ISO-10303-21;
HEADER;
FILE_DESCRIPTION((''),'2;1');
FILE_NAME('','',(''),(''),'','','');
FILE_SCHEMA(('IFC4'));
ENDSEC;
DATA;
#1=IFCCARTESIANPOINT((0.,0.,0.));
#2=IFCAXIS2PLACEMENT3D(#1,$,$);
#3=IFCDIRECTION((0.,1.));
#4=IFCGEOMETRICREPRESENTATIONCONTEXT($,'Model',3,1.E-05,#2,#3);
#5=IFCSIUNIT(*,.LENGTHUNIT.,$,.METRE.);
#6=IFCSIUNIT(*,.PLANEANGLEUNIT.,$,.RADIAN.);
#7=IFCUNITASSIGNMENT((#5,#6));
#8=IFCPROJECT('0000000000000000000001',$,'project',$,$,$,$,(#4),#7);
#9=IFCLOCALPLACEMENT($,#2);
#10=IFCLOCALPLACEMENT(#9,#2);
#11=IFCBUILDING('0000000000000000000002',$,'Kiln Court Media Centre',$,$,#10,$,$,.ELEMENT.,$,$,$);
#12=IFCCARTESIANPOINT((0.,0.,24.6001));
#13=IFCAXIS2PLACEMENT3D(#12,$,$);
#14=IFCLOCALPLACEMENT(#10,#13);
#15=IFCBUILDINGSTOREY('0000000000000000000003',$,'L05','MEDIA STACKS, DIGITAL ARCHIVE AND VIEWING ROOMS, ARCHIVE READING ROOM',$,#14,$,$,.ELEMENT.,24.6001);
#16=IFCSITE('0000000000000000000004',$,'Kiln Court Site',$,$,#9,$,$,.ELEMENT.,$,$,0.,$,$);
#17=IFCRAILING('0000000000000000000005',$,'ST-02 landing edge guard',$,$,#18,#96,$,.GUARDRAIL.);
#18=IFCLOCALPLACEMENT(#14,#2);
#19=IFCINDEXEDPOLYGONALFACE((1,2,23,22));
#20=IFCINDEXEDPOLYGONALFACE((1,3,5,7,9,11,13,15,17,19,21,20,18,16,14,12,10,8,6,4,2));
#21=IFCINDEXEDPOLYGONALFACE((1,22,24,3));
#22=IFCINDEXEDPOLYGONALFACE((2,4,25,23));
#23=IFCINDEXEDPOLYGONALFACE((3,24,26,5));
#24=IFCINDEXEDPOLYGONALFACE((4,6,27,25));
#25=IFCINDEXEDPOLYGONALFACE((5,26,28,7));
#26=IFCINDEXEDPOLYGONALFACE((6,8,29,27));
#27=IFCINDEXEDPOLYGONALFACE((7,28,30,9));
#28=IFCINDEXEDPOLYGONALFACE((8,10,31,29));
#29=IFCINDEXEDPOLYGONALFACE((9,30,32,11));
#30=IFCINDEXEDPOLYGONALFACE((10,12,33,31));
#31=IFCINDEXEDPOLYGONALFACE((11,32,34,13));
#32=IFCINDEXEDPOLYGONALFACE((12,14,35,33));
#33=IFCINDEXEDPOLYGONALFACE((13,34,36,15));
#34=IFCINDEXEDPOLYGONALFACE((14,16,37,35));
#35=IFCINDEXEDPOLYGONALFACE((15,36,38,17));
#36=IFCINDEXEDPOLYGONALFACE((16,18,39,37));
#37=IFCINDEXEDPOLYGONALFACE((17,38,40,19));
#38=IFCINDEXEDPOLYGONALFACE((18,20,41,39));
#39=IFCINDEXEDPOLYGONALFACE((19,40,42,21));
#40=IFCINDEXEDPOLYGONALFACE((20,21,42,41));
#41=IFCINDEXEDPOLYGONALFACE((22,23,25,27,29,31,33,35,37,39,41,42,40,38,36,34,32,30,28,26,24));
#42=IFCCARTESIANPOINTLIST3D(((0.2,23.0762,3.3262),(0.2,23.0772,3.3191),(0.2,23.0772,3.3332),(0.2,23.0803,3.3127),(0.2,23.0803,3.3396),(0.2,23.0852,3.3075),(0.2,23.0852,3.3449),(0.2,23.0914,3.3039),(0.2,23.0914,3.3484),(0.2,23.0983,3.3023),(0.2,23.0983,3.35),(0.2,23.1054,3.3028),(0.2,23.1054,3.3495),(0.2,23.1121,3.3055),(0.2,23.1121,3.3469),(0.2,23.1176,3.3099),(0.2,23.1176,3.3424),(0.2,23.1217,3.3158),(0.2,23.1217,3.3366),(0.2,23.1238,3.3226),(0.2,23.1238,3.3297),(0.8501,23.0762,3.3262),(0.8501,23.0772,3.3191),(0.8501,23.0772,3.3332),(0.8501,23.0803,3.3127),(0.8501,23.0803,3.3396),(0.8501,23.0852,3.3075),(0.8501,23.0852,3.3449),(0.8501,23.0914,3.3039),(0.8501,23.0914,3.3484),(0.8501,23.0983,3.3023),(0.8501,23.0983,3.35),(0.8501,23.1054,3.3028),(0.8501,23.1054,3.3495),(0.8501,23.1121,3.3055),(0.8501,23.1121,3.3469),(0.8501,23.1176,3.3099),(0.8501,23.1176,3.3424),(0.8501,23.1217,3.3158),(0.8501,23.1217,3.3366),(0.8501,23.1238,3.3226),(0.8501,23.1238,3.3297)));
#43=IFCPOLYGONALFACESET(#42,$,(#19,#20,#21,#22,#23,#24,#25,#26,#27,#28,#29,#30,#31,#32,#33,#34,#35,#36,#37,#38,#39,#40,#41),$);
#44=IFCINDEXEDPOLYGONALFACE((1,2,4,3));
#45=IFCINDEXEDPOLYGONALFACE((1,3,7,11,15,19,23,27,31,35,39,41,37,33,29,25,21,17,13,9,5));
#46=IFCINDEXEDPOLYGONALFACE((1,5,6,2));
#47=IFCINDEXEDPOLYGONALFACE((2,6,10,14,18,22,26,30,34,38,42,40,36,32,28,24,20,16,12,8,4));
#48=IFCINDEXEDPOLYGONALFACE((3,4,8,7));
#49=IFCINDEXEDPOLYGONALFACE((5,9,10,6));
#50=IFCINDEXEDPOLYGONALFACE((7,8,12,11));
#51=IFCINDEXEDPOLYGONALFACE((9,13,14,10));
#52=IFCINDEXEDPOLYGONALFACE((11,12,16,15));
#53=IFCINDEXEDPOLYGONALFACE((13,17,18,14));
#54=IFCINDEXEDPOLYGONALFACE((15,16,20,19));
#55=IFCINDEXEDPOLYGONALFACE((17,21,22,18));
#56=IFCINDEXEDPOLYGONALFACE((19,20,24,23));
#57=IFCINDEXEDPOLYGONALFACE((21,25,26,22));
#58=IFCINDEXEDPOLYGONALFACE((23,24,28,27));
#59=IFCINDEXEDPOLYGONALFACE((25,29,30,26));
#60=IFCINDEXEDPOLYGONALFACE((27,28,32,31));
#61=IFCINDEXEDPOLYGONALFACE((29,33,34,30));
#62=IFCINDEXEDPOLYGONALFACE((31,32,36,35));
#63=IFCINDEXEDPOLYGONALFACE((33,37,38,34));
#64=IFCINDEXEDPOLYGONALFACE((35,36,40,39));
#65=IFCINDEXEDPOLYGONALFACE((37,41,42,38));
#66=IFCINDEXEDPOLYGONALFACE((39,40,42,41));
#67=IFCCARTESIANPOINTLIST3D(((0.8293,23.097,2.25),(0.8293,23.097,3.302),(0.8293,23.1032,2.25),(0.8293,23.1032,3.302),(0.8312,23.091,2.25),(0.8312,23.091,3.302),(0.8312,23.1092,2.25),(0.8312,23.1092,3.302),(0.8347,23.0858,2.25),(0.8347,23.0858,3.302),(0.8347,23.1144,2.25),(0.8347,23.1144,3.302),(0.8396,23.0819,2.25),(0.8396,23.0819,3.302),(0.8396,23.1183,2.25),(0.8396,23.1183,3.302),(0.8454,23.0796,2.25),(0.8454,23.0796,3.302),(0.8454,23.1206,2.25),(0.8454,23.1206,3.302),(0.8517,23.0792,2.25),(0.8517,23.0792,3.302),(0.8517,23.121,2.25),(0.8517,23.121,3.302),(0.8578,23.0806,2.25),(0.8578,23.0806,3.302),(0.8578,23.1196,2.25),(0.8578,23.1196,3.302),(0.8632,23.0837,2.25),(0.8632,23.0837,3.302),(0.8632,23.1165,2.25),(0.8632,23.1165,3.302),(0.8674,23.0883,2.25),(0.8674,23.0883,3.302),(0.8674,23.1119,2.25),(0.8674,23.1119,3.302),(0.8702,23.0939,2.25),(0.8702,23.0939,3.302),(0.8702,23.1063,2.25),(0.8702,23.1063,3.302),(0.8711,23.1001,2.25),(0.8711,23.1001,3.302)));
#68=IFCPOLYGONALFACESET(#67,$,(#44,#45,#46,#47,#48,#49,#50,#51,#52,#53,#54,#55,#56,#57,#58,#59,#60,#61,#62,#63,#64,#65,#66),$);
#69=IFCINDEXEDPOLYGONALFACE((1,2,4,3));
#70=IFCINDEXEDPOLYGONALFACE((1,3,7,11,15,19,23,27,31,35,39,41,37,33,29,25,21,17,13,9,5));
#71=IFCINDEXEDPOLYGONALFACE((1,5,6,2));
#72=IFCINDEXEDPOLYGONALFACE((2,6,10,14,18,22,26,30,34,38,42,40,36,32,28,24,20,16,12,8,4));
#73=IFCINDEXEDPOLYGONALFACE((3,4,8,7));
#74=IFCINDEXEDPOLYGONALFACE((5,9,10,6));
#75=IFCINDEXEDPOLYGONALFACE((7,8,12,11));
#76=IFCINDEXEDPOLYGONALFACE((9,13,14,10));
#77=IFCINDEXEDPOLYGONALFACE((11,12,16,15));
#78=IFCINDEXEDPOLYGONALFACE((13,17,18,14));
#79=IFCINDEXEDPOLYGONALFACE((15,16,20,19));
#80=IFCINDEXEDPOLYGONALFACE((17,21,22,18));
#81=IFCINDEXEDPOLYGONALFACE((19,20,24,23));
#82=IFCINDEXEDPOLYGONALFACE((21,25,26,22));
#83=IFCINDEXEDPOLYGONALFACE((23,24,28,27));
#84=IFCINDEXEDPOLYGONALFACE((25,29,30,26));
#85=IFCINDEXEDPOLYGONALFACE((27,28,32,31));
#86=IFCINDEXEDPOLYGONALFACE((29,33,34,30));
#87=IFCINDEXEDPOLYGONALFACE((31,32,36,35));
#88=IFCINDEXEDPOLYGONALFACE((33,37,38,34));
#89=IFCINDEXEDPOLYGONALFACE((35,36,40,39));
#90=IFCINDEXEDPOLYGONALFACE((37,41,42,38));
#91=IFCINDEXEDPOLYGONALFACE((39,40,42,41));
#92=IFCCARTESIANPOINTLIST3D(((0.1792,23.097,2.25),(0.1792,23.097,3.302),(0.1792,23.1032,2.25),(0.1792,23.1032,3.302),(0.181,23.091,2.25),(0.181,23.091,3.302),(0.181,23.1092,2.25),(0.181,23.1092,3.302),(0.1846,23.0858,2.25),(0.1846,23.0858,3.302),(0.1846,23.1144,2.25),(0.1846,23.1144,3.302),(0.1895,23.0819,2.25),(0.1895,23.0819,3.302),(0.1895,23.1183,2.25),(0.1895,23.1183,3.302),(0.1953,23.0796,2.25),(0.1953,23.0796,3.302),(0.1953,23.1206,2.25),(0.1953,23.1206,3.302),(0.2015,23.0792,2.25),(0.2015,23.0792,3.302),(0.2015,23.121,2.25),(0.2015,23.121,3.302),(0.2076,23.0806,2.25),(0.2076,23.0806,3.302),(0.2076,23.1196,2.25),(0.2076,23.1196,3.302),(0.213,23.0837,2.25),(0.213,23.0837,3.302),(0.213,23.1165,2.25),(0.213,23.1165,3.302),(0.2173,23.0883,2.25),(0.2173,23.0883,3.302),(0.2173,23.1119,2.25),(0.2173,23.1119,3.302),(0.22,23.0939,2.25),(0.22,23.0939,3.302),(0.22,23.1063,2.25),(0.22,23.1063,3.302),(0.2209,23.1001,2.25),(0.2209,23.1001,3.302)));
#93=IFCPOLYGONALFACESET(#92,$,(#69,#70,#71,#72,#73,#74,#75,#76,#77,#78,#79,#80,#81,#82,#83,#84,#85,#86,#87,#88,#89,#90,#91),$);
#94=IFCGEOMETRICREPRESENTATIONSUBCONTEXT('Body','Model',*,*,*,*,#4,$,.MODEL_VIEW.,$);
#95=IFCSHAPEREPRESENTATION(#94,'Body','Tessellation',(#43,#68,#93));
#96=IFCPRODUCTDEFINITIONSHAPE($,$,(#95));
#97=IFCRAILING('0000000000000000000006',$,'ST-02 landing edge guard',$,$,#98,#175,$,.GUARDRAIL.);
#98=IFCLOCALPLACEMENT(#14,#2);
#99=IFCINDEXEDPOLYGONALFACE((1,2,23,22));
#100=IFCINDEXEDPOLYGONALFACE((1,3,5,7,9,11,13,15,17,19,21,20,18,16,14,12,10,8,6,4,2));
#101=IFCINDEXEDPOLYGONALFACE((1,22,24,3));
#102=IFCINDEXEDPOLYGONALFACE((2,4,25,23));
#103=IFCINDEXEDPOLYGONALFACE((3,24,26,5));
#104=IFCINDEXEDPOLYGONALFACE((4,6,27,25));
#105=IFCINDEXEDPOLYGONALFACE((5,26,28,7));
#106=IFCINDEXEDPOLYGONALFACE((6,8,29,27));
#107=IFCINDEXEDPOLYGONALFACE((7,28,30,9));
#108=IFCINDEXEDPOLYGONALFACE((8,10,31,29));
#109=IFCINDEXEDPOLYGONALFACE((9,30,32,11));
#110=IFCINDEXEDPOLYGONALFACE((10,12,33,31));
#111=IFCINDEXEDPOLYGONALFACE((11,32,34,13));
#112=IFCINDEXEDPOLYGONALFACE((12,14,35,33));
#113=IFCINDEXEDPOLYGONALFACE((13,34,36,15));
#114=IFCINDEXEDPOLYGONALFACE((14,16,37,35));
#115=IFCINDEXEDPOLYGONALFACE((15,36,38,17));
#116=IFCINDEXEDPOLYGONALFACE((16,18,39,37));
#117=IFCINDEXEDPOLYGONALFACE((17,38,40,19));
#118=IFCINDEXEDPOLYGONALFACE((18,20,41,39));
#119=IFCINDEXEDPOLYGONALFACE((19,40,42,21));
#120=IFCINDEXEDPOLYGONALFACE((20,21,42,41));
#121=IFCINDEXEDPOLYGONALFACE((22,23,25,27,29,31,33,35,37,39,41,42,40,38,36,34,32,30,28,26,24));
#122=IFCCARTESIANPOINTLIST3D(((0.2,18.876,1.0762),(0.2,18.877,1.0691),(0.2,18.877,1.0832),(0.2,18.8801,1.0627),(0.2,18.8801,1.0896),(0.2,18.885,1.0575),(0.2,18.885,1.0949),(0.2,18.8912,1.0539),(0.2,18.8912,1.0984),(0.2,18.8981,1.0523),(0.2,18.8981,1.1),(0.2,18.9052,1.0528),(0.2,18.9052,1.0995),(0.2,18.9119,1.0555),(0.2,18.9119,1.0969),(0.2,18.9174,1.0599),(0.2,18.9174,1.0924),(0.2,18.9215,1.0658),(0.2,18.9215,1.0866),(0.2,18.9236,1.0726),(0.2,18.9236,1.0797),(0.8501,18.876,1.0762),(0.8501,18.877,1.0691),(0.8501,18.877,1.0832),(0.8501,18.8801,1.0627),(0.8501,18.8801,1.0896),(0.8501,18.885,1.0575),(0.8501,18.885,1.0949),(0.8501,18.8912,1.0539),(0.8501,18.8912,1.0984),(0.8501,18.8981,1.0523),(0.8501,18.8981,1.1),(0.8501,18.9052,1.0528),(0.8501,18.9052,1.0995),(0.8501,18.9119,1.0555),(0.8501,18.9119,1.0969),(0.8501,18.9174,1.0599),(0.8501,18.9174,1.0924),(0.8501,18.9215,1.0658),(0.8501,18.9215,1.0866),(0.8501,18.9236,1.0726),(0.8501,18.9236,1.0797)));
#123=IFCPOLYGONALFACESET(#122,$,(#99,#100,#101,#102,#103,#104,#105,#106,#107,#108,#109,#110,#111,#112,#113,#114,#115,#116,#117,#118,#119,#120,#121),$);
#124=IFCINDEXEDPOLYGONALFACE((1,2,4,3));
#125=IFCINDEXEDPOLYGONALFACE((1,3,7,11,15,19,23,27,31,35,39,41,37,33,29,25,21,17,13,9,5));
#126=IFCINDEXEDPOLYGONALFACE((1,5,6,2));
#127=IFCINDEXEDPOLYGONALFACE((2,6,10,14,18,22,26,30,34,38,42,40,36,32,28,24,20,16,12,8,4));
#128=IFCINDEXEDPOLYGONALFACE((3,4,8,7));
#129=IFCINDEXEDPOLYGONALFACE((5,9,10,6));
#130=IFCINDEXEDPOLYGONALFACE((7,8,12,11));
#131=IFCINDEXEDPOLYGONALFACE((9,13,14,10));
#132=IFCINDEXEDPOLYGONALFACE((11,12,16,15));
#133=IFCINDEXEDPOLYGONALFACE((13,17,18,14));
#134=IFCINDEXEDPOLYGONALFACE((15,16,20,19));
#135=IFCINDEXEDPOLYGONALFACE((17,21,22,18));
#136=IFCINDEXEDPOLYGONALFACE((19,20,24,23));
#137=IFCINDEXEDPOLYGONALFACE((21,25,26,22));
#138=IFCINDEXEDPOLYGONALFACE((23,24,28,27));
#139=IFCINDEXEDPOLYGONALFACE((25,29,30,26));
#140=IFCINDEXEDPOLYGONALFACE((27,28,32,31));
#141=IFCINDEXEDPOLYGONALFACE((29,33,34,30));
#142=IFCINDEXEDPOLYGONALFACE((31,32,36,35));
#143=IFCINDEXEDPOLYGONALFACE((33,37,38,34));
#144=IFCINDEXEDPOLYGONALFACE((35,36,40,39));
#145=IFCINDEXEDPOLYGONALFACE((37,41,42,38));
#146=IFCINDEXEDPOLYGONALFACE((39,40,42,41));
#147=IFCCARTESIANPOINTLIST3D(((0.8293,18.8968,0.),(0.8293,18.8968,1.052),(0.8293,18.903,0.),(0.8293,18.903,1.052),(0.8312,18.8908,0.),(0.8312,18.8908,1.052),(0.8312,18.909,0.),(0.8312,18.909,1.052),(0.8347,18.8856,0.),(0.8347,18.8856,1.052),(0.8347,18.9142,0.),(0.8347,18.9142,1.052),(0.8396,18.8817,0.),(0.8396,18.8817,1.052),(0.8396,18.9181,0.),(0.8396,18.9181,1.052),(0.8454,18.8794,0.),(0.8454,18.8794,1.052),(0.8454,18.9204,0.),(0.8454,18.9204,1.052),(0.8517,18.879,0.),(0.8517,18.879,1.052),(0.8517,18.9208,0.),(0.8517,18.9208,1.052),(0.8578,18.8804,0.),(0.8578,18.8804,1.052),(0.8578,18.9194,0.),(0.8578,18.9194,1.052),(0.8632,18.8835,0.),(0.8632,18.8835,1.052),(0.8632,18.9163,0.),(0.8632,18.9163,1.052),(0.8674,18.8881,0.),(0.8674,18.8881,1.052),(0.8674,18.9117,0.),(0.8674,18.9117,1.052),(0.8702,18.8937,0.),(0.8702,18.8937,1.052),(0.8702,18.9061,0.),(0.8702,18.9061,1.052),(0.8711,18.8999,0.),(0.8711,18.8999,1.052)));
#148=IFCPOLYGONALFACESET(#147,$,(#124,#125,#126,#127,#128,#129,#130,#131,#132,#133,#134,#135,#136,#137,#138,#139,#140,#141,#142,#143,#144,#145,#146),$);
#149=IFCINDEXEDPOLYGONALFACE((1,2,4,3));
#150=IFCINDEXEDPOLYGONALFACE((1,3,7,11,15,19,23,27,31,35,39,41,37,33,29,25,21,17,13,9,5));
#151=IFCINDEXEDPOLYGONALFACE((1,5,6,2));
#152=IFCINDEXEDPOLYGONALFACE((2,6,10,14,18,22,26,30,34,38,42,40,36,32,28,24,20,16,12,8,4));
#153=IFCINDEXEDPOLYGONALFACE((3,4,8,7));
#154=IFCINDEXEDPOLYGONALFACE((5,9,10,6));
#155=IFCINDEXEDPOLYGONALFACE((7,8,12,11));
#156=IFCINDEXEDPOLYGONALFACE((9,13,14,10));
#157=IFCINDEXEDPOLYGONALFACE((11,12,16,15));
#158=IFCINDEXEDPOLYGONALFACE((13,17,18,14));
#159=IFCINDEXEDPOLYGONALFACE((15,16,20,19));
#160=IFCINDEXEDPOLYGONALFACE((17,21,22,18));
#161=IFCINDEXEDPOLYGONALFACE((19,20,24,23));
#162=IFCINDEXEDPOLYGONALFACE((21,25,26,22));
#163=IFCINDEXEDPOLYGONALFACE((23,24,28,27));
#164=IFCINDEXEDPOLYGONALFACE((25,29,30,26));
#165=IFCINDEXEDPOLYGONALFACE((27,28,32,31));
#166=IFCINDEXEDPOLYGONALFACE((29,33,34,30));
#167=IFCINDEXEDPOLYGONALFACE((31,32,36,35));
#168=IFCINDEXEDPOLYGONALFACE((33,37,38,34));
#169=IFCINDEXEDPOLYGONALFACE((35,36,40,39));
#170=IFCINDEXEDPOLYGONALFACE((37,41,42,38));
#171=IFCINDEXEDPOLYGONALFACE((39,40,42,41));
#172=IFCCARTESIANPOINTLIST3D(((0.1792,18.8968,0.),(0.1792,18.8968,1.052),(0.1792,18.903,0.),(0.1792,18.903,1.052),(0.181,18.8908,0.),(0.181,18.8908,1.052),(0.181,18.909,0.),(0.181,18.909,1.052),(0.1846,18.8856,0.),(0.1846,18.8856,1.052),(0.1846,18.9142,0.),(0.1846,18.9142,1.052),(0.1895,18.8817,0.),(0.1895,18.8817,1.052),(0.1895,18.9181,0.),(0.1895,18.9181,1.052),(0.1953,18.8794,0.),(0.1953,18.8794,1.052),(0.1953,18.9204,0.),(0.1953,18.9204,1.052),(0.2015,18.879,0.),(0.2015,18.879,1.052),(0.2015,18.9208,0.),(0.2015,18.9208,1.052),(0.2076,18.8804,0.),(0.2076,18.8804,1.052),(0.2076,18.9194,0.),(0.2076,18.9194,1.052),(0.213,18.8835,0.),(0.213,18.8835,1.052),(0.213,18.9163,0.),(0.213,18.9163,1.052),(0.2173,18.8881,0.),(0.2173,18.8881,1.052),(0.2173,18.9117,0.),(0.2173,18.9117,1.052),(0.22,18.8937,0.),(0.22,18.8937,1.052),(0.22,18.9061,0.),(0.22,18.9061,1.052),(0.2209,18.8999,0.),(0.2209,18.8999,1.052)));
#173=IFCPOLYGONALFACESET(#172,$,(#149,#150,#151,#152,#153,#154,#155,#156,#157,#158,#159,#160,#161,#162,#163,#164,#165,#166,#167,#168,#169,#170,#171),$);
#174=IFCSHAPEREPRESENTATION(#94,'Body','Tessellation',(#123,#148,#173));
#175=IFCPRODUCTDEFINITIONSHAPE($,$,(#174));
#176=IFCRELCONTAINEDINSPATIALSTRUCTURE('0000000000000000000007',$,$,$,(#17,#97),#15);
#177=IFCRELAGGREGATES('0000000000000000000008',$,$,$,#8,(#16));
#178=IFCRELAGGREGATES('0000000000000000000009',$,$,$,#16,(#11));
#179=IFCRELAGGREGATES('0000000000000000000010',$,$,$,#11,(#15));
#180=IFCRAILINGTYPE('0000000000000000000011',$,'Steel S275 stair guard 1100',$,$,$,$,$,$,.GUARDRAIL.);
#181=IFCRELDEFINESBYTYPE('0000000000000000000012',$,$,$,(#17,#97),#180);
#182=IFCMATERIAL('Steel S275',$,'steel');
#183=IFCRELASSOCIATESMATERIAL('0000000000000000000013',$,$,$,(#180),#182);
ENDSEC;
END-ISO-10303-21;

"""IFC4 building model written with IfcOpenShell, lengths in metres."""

from ifc_helpers import new_model, si_unit, direction, frame, origin, origin_2d, place, context, subcontext, project, spatial, circle, extrude, material, type_object, element, save


model = new_model("IFC4")

# Units and contexts
model_context = context("Model", 3, precision=1e-05, world=origin(), true_north=direction((0.0, 1.0)))
body_context = subcontext(model_context, "Body", "Model", "MODEL_VIEW")
ifc_project = project(units=[si_unit("LENGTHUNIT", "METRE"), si_unit("PLANEANGLEUNIT", "RADIAN")], contexts=[model_context])

# Site, building, storey
site_placement = place(None, origin())
site = spatial("IfcSite", under=ifc_project, at=site_placement, Name="Kiln Court Site", CompositionType="ELEMENT", RefElevation=0.0)
building_placement = place(site_placement, origin())
building = spatial("IfcBuilding", under=site, at=building_placement, Name="Kiln Court Media Centre", CompositionType="ELEMENT")
storey_placement = place(building_placement, frame((0.0, 0.0, 24.6001)))
storey = spatial("IfcBuildingStorey", under=building, at=storey_placement, Name="L05", Description="MEDIA STACKS, DIGITAL ARCHIVE AND VIEWING ROOMS, ARCHIVE READING ROOM", CompositionType="ELEMENT", Elevation=24.6001)

# Railings
ifc_material_1 = material(Name="Steel S275", Category="steel")
railing_type_1 = type_object("IfcRailingType", Name="Steel S275 stair guard 1100", PredefinedType="GUARDRAIL", material=ifc_material_1)
for number, where, name in (
    (1, (0.8501, 23.1001, 2.25), "ST-02 landing edge guard"),
    (2, (0.8501, 18.8999, 0.0), "ST-02 landing edge guard"),
):
    element("IfcRailing", number, at=place(storey_placement, frame(where)), inside=storey, type_object=railing_type_1, Name=name, PredefinedType="GUARDRAIL", context=body_context, shape_type="SweptSolid", body=[
        extrude(circle(Radius=0.0239, at=origin_2d()), frame((0.0, 0.0, 1.0762), z_axis=(-1.0, 0.0, 0.0), x_axis=(0.0, -1.0, 0.0)), (0.0, 0.0, 1.0), 0.6501),
        extrude(circle(Radius=0.021, at=origin_2d()), origin(), (0.0, 0.0, 1.0), 1.052),
        extrude(circle(Radius=0.021, at=origin_2d()), frame((-0.6501, 0.0, 0.0)), (0.0, 0.0, 1.0), 1.052),
    ])

save(model, "model.ifc")
